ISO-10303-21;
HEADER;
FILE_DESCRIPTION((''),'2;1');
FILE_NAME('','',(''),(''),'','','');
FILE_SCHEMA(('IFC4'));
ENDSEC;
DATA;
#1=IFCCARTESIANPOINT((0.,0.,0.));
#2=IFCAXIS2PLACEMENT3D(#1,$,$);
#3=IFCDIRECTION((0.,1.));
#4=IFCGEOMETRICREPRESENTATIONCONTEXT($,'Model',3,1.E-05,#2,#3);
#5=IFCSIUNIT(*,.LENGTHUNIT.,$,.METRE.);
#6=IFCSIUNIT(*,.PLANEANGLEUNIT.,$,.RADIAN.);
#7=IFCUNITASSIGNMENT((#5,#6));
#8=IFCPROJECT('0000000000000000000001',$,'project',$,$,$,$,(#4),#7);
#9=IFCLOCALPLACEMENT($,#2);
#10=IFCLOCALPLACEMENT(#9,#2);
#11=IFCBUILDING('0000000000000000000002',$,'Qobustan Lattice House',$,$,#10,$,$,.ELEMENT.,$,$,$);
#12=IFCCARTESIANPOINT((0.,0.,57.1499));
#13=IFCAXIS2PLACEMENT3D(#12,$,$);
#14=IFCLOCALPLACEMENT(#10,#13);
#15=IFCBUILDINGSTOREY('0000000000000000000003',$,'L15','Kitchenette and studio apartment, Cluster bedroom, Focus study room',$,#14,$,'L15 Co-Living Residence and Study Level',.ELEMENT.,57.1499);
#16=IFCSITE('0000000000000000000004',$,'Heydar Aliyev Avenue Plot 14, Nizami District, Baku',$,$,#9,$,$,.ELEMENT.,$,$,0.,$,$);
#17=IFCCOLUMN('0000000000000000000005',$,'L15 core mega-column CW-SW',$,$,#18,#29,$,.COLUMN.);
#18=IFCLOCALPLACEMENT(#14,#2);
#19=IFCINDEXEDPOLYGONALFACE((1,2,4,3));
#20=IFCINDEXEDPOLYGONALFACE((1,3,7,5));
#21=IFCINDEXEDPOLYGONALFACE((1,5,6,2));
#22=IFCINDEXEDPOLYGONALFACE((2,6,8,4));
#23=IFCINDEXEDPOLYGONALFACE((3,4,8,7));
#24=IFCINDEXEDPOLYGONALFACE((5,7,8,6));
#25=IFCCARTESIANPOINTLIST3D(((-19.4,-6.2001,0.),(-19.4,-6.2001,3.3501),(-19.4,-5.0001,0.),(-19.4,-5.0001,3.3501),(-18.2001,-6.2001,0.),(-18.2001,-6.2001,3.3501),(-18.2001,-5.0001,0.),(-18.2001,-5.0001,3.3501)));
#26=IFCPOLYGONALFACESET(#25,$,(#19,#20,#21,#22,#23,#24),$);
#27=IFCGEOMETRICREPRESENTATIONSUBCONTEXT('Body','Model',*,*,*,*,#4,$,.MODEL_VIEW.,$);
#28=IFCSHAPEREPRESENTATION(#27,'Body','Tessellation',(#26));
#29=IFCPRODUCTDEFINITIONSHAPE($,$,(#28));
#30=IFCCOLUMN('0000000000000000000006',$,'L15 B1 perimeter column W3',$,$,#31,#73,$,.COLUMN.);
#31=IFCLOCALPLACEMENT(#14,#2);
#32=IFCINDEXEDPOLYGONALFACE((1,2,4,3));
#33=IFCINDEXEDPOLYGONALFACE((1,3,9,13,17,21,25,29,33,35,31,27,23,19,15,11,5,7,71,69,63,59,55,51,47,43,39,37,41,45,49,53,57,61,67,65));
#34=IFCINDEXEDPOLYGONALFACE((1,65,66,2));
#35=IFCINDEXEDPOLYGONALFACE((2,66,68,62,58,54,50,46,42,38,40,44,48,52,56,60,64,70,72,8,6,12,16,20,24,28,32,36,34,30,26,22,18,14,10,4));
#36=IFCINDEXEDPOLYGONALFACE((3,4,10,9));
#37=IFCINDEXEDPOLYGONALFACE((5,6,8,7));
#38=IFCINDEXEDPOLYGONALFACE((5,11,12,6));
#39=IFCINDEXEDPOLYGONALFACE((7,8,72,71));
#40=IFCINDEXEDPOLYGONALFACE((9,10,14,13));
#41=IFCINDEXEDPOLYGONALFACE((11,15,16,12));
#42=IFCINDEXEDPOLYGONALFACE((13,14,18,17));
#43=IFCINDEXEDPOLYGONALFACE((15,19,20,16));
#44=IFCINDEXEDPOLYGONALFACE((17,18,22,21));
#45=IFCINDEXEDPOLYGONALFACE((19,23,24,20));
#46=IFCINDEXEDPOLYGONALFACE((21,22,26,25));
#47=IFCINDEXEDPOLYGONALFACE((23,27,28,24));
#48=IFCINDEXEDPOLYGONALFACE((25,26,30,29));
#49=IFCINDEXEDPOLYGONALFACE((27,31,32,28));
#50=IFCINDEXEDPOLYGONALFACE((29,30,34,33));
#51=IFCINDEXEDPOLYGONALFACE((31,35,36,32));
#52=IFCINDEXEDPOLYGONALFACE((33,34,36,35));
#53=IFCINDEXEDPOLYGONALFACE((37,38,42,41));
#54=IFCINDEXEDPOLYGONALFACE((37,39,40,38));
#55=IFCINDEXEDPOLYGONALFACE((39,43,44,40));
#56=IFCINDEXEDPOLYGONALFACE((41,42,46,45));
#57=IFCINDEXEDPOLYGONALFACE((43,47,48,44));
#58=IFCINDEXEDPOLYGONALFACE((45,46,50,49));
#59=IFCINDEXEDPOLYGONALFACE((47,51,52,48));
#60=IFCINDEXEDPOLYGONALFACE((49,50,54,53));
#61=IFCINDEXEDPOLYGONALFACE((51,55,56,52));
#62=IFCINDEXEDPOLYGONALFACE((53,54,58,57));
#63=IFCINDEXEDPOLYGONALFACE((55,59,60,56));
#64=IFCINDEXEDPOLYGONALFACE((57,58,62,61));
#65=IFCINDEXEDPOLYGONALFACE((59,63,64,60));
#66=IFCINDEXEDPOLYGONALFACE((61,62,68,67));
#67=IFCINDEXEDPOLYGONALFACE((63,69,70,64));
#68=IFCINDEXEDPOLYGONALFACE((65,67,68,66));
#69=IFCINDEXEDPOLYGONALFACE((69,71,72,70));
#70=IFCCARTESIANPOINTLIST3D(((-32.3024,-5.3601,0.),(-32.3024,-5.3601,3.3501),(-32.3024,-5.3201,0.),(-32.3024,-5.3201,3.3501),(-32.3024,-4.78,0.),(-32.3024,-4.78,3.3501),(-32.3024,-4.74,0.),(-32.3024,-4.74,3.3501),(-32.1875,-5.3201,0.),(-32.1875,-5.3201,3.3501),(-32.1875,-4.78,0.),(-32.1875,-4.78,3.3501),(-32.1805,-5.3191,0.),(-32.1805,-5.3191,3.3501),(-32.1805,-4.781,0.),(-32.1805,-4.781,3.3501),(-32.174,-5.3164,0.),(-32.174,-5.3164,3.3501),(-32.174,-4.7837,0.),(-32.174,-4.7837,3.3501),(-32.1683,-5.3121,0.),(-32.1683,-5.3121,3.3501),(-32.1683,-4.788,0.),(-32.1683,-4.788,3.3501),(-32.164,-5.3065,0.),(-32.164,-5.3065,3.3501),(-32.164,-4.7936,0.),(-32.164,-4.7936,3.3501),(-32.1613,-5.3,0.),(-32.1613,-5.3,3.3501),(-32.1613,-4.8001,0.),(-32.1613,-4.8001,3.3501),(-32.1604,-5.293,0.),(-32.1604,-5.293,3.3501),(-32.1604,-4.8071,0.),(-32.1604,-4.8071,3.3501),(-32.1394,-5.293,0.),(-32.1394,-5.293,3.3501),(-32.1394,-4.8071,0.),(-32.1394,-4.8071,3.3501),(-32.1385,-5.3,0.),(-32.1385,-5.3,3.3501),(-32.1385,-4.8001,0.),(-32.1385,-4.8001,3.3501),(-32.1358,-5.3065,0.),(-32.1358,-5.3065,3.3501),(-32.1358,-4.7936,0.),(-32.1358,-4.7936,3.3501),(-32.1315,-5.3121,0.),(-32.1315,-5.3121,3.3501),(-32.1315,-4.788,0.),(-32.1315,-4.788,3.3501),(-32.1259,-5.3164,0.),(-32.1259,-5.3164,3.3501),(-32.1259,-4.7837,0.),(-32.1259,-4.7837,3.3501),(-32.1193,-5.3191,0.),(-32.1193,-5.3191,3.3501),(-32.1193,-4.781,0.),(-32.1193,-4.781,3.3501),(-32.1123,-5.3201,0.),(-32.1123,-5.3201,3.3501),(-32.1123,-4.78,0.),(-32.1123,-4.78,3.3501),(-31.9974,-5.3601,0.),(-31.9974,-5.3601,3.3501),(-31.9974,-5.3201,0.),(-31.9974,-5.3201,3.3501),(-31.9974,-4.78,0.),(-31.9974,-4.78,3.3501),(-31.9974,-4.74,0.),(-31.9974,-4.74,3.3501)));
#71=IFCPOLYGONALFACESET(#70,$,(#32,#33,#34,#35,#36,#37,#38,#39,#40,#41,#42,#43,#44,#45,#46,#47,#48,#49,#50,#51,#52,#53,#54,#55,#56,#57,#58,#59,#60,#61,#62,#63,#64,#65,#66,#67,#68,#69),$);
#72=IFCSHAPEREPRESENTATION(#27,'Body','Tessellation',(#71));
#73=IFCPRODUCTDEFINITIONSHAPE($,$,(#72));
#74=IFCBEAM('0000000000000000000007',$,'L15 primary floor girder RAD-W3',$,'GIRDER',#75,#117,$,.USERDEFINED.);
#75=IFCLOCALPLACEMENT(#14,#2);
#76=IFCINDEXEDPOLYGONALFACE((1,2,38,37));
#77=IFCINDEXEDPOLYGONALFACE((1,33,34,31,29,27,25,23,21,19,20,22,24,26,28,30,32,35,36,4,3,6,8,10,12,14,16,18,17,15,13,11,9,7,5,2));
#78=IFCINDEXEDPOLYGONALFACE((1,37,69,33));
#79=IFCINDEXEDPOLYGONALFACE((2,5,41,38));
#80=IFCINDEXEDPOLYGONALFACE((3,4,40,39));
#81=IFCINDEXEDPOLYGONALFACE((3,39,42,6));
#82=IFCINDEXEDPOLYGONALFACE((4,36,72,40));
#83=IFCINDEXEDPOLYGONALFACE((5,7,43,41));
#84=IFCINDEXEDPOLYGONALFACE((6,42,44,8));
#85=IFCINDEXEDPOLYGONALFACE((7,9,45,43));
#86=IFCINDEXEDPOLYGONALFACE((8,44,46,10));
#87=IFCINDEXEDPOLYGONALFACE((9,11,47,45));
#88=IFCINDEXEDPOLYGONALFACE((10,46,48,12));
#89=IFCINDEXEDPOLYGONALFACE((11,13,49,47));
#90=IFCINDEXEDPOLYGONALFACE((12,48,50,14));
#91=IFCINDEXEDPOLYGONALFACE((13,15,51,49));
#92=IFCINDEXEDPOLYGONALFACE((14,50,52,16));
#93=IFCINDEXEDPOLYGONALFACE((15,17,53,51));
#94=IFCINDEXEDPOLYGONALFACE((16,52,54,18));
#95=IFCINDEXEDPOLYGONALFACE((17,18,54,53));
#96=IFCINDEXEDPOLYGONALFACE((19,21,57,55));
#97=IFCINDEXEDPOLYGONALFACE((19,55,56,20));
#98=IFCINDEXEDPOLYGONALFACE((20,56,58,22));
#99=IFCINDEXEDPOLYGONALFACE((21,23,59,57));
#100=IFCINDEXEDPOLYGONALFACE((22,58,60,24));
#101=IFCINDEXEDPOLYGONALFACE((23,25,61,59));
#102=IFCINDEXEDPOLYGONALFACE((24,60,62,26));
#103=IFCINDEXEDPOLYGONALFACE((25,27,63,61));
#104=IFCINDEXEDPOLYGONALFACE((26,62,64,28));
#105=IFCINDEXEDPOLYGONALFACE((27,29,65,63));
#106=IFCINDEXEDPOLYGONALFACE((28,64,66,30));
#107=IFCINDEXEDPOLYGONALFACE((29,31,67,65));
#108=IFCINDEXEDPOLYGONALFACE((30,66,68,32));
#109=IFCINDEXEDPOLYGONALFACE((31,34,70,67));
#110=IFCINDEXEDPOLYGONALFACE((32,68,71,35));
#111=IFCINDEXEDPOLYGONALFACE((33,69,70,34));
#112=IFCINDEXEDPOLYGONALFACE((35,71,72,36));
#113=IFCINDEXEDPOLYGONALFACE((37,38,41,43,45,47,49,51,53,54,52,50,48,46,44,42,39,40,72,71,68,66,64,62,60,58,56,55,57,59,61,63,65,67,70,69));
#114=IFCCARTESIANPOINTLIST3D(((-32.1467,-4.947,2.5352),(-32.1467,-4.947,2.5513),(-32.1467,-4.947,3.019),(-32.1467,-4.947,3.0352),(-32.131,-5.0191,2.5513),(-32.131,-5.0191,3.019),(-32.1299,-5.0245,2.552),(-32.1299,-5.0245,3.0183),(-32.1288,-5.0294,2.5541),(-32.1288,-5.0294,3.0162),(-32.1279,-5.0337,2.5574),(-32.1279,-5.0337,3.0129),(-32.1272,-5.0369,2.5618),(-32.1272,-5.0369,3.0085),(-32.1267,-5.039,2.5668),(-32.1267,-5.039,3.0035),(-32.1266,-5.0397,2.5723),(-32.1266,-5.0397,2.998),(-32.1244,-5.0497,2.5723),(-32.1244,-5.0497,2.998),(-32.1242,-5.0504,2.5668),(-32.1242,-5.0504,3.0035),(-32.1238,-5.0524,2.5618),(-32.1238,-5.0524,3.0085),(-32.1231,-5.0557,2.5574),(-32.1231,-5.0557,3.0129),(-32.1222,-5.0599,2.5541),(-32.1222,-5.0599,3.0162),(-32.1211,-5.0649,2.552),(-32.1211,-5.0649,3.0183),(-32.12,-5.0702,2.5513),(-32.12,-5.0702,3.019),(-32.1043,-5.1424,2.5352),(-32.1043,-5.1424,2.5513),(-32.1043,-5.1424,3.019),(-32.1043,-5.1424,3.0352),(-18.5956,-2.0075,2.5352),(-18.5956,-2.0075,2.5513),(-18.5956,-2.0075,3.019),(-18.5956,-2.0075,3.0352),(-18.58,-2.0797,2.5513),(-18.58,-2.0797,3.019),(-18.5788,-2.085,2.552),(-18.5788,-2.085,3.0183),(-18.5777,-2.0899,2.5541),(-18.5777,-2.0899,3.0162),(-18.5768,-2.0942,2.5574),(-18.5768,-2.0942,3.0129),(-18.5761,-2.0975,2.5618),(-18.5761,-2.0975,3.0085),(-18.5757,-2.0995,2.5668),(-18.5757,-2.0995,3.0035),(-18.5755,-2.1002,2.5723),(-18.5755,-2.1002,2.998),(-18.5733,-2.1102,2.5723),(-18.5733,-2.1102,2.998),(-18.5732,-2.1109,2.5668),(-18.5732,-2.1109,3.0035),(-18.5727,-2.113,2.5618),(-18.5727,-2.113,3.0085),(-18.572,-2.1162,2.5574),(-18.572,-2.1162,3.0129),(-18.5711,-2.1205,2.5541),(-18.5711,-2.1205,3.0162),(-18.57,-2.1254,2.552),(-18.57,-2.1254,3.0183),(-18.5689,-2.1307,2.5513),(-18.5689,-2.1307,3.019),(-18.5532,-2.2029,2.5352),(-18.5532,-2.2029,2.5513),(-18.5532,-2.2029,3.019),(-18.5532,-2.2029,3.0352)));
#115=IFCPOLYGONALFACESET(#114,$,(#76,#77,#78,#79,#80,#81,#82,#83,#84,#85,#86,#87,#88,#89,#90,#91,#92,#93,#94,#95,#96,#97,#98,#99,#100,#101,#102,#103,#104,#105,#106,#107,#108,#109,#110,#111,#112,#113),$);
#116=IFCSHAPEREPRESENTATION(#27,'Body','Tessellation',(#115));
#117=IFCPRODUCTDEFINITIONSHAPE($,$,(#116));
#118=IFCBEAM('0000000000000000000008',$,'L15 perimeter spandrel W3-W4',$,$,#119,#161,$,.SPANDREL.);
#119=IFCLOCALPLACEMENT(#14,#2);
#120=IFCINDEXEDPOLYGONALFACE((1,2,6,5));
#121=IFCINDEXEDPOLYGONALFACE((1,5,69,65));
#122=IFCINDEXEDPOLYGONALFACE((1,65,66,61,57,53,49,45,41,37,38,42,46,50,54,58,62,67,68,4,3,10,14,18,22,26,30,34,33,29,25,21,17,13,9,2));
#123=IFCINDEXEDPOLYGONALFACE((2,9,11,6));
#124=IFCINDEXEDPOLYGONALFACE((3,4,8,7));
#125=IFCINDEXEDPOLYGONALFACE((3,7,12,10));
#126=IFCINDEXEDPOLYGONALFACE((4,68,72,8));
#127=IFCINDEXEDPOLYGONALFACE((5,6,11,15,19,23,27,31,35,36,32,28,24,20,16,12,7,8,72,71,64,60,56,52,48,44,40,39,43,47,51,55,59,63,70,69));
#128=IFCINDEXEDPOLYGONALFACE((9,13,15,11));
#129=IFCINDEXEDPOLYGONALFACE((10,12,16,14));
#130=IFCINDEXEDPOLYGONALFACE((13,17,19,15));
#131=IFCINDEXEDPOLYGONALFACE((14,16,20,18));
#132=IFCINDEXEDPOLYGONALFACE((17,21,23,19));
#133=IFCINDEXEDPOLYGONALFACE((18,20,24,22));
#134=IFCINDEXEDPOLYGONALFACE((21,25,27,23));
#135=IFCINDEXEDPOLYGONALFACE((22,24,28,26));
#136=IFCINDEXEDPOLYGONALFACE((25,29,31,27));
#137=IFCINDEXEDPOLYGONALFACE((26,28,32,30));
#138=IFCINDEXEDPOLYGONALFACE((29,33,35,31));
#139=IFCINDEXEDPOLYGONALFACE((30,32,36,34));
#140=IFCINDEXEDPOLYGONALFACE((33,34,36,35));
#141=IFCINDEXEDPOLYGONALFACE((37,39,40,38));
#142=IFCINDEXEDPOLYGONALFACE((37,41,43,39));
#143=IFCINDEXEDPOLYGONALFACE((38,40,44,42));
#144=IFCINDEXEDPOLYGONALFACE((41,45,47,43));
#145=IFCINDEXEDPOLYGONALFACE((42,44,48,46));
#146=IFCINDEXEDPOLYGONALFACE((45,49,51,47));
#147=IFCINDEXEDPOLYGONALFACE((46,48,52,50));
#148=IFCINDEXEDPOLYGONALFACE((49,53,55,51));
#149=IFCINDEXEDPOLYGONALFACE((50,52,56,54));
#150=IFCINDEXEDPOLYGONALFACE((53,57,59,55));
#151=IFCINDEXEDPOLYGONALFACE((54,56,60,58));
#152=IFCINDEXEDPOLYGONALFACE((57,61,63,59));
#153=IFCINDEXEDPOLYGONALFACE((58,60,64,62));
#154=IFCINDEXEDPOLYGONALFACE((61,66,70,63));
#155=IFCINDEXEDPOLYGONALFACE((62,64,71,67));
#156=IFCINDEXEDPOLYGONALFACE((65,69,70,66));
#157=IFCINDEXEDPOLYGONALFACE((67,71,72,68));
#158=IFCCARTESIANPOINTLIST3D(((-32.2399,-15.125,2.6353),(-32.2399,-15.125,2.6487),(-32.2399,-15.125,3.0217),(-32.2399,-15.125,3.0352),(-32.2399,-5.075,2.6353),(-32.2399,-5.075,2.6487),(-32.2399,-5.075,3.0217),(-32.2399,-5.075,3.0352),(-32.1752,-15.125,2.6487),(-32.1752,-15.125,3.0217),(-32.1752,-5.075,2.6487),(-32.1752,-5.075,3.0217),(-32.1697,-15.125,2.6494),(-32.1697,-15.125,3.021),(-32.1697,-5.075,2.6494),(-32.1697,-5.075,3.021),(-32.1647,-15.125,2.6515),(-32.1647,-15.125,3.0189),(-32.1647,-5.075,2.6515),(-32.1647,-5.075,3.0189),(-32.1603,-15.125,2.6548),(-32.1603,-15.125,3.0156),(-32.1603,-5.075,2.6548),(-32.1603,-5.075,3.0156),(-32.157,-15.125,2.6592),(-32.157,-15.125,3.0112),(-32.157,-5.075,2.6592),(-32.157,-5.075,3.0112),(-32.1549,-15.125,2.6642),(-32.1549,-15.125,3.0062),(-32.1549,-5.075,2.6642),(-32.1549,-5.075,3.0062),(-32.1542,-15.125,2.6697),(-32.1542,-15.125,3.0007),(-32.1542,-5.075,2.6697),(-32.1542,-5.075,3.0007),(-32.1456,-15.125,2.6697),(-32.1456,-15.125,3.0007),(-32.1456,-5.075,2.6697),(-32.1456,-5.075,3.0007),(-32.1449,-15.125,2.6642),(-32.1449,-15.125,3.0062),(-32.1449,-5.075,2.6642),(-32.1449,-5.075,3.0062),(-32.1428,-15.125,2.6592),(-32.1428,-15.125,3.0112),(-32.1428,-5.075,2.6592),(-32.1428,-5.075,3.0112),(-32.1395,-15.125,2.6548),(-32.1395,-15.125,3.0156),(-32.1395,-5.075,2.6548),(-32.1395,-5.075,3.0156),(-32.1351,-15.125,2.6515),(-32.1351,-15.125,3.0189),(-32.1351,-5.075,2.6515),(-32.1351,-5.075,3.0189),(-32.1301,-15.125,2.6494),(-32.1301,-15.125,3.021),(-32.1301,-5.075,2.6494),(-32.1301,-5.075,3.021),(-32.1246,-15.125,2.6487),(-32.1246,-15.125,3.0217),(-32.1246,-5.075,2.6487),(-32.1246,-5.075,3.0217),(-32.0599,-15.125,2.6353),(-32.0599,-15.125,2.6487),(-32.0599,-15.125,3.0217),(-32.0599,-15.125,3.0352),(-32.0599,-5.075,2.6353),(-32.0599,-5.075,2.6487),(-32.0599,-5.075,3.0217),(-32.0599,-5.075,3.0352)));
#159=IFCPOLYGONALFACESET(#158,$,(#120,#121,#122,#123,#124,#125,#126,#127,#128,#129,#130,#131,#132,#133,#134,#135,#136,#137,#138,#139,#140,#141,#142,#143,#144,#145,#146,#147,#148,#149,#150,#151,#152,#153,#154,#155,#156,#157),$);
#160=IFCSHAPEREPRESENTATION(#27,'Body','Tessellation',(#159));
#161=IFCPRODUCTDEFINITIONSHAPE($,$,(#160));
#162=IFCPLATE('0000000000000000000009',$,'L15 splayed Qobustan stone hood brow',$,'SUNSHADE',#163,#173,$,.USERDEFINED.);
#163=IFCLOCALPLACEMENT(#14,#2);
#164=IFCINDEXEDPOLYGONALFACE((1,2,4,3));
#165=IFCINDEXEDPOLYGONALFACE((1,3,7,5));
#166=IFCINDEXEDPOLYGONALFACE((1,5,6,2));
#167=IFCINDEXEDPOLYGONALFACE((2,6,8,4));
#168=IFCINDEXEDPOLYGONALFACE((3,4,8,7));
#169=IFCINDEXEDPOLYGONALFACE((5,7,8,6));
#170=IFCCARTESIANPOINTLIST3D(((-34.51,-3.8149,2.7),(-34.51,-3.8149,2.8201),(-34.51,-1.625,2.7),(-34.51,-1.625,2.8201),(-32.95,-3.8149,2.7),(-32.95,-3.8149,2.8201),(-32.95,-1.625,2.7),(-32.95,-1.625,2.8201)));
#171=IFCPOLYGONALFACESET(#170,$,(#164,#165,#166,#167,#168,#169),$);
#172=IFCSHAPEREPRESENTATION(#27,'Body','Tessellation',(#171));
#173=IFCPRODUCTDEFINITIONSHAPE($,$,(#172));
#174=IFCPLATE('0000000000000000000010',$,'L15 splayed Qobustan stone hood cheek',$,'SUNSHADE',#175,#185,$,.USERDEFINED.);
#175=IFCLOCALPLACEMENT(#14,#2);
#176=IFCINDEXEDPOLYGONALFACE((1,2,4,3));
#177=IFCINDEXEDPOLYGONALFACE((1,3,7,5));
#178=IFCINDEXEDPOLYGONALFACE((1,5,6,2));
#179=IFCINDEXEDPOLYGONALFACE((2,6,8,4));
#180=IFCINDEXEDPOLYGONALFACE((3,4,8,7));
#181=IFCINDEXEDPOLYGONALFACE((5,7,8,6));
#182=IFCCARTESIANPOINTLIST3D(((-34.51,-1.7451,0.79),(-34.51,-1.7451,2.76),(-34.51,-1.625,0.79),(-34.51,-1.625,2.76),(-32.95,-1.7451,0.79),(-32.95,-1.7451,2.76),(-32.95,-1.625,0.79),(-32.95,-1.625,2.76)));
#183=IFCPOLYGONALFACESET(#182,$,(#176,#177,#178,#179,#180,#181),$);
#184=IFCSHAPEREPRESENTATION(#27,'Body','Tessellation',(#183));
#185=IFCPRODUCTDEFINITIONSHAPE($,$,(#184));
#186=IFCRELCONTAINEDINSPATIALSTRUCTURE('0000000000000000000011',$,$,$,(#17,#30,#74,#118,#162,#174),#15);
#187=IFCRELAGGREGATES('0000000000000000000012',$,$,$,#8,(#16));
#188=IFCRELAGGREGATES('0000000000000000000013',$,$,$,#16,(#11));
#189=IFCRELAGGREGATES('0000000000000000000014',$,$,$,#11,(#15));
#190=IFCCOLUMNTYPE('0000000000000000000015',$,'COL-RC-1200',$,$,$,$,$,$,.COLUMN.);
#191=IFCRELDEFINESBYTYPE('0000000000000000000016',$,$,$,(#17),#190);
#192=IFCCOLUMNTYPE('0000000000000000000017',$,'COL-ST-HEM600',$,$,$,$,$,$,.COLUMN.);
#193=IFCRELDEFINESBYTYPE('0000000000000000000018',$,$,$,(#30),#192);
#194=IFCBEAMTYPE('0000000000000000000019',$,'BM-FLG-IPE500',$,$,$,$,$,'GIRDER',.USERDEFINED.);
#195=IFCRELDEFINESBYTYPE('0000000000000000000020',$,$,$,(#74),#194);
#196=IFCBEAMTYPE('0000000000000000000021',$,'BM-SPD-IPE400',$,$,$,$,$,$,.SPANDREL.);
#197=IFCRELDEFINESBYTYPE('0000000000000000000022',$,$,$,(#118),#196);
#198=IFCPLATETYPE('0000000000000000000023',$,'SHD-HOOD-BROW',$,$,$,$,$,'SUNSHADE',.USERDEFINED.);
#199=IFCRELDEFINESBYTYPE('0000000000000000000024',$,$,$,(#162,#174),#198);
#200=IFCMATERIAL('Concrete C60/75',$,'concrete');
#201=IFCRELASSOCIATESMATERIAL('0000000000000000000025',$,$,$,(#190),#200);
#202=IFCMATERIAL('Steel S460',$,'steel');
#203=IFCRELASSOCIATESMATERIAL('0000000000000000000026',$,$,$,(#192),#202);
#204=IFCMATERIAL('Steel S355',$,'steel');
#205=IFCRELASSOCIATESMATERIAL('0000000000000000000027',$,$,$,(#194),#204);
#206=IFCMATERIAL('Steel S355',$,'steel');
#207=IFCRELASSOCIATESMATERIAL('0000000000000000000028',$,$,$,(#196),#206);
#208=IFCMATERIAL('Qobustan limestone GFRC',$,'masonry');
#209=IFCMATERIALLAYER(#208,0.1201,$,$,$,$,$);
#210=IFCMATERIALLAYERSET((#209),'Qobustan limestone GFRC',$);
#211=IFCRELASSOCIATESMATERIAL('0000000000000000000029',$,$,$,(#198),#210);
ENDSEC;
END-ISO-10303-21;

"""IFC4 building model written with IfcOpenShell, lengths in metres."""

from ifc_helpers import new_model, si_unit, direction, frame, origin, origin_2d, place, context, subcontext, project, spatial, rectangle, i_section, extrude, material, layer, layer_set, material_profile, profile_set, type_object, element, save


model = new_model("IFC4")

# Units and contexts
model_context = context("Model", 3, precision=1e-05, world=origin(), true_north=direction((0.0, 1.0)))
body_context = subcontext(model_context, "Body", "Model", "MODEL_VIEW")
ifc_project = project(units=[si_unit("LENGTHUNIT", "METRE"), si_unit("PLANEANGLEUNIT", "RADIAN")], contexts=[model_context])

# Site, building, storey
site_placement = place(None, origin())
site = spatial("IfcSite", under=ifc_project, at=site_placement, Name="Heydar Aliyev Avenue Plot 14, Nizami District, Baku", CompositionType="ELEMENT", RefElevation=0.0)
building_placement = place(site_placement, origin())
building = spatial("IfcBuilding", under=site, at=building_placement, Name="Qobustan Lattice House", CompositionType="ELEMENT")
storey_placement = place(building_placement, frame((0.0, 0.0, 57.1499)))
storey = spatial("IfcBuildingStorey", under=building, at=storey_placement, Name="L15", Description="Kitchenette and studio apartment, Cluster bedroom, Focus study room", LongName="L15 Co-Living Residence and Study Level", CompositionType="ELEMENT", Elevation=57.1499)

# Columns
ifc_material_1 = material(Name="Concrete C60/75", Category="concrete")
ifc_material_profile_1 = material_profile(ifc_material_1, rectangle(XDim=1.2, YDim=1.2, at=origin_2d()), Name="RC1200x1200")
ifc_profile_set_1 = profile_set([ifc_material_profile_1], Name="Concrete C60/75")
column_type_1 = type_object("IfcColumnType", Name="COL-RC-1200", PredefinedType="COLUMN", material=ifc_profile_set_1)
column_1_placement = place(storey_placement, frame((-18.8, -5.6001, 0.0), z_axis=(0.0, 0.0, 1.0), x_axis=(1.0, 0.0, 0.0)))
element("IfcColumn", 1, at=column_1_placement, inside=storey, type_object=column_type_1, Name="L15 core mega-column CW-SW", PredefinedType="COLUMN", context=body_context, shape_type="SweptSolid", body=[
    extrude(rectangle(XDim=1.2, YDim=1.2, at=origin_2d()), origin(), (0.0, 0.0, 1.0), 3.3501),
])
ifc_material_2 = material(Name="Steel S460", Category="steel")
ifc_material_profile_2 = material_profile(ifc_material_2, i_section(OverallWidth=0.3049, OverallDepth=0.6201, WebThickness=0.021, FlangeThickness=0.04, FilletRadius=0.0271, at=origin_2d()), Name="HEM600")
ifc_profile_set_2 = profile_set([ifc_material_profile_2], Name="Steel S460")
column_type_2 = type_object("IfcColumnType", Name="COL-ST-HEM600", PredefinedType="COLUMN", material=ifc_profile_set_2)
column_2_placement = place(storey_placement, frame((-32.1499, -5.05, 0.0), z_axis=(0.0, 0.0, 1.0), x_axis=(1.0, 0.0, 0.0)))
element("IfcColumn", 2, at=column_2_placement, inside=storey, type_object=column_type_2, Name="L15 B1 perimeter column W3", PredefinedType="COLUMN", context=body_context, shape_type="SweptSolid", body=[
    extrude(i_section(OverallWidth=0.3049, OverallDepth=0.6201, WebThickness=0.021, FlangeThickness=0.04, FilletRadius=0.0271, at=origin_2d()), origin(), (0.0, 0.0, 1.0), 3.3501),
])

# Beams
ifc_material_3 = material(Name="Steel S355", Category="steel")
ifc_material_profile_3 = material_profile(ifc_material_3, i_section(OverallWidth=0.2, OverallDepth=0.5, WebThickness=0.0103, FlangeThickness=0.0161, FilletRadius=0.021, at=origin_2d()), Name="IPE500")
ifc_profile_set_3 = profile_set([ifc_material_profile_3], Name="Steel S355")
beam_type_1 = type_object("IfcBeamType", Name="BM-FLG-IPE500", ElementType="GIRDER", PredefinedType="USERDEFINED", material=ifc_profile_set_3)
beam_1_placement = place(storey_placement, frame((-32.1255, -5.0447, 2.7852), z_axis=(0.977272, 0.211987, 0.0), x_axis=(-0.211987, 0.977272, 0.0)))
element("IfcBeam", 3, at=beam_1_placement, inside=storey, type_object=beam_type_1, Name="L15 primary floor girder RAD-W3", ObjectType="GIRDER", PredefinedType="USERDEFINED", context=body_context, shape_type="SweptSolid", body=[
    extrude(i_section(OverallWidth=0.2, OverallDepth=0.5, WebThickness=0.0103, FlangeThickness=0.0161, FilletRadius=0.021, at=origin_2d()), origin(), (0.0, 0.0, 1.0), 13.8662),
])
ifc_material_4 = material(Name="Steel S355", Category="steel")
ifc_material_profile_4 = material_profile(ifc_material_4, i_section(OverallWidth=0.1799, OverallDepth=0.3999, WebThickness=0.0085, FlangeThickness=0.0134, FilletRadius=0.021, at=origin_2d()), Name="IPE400")
ifc_profile_set_4 = profile_set([ifc_material_profile_4], Name="Steel S355")
beam_type_2 = type_object("IfcBeamType", Name="BM-SPD-IPE400", PredefinedType="SPANDREL", material=ifc_profile_set_4)
beam_2_placement = place(storey_placement, frame((-32.1499, -5.075, 2.8352), z_axis=(0.0, -1.0, 0.0), x_axis=(1.0, 0.0, 0.0)))
element("IfcBeam", 4, at=beam_2_placement, inside=storey, type_object=beam_type_2, Name="L15 perimeter spandrel W3-W4", PredefinedType="SPANDREL", context=body_context, shape_type="SweptSolid", body=[
    extrude(i_section(OverallWidth=0.1799, OverallDepth=0.3999, WebThickness=0.0085, FlangeThickness=0.0134, FilletRadius=0.021, at=origin_2d()), origin(), (0.0, 0.0, 1.0), 10.05),
])

# Plates
ifc_material_5 = material(Name="Qobustan limestone GFRC", Category="masonry")
ifc_layer_1 = layer(ifc_material_5, 0.1201)
ifc_layer_set_1 = layer_set([ifc_layer_1], Name="Qobustan limestone GFRC")
plate_type = type_object("IfcPlateType", Name="SHD-HOOD-BROW", ElementType="SUNSHADE", PredefinedType="USERDEFINED", material=ifc_layer_set_1)
plate_1_placement = place(storey_placement, frame((-33.73, -2.72, 2.7), z_axis=(0.0, 0.0, 1.0), x_axis=(0.0, 1.0, 0.0)))
element("IfcPlate", 5, at=plate_1_placement, inside=storey, type_object=plate_type, Name="L15 splayed Qobustan stone hood brow", ObjectType="SUNSHADE", PredefinedType="USERDEFINED", context=body_context, shape_type="SweptSolid", body=[
    extrude(rectangle(XDim=2.1899, YDim=1.5601, at=origin_2d()), origin(), (0.0, 0.0, 1.0), 0.1201),
])
plate_2_placement = place(storey_placement, frame((-33.73, -1.6851, 0.79), z_axis=(0.0, 0.0, 1.0), x_axis=(0.0, 1.0, 0.0)))
element("IfcPlate", 6, at=plate_2_placement, inside=storey, type_object=plate_type, Name="L15 splayed Qobustan stone hood cheek", ObjectType="SUNSHADE", PredefinedType="USERDEFINED", context=body_context, shape_type="SweptSolid", body=[
    extrude(rectangle(XDim=0.1201, YDim=1.5601, at=origin_2d()), origin(), (0.0, 0.0, 1.0), 1.97),
])

save(model, "model.ifc")
